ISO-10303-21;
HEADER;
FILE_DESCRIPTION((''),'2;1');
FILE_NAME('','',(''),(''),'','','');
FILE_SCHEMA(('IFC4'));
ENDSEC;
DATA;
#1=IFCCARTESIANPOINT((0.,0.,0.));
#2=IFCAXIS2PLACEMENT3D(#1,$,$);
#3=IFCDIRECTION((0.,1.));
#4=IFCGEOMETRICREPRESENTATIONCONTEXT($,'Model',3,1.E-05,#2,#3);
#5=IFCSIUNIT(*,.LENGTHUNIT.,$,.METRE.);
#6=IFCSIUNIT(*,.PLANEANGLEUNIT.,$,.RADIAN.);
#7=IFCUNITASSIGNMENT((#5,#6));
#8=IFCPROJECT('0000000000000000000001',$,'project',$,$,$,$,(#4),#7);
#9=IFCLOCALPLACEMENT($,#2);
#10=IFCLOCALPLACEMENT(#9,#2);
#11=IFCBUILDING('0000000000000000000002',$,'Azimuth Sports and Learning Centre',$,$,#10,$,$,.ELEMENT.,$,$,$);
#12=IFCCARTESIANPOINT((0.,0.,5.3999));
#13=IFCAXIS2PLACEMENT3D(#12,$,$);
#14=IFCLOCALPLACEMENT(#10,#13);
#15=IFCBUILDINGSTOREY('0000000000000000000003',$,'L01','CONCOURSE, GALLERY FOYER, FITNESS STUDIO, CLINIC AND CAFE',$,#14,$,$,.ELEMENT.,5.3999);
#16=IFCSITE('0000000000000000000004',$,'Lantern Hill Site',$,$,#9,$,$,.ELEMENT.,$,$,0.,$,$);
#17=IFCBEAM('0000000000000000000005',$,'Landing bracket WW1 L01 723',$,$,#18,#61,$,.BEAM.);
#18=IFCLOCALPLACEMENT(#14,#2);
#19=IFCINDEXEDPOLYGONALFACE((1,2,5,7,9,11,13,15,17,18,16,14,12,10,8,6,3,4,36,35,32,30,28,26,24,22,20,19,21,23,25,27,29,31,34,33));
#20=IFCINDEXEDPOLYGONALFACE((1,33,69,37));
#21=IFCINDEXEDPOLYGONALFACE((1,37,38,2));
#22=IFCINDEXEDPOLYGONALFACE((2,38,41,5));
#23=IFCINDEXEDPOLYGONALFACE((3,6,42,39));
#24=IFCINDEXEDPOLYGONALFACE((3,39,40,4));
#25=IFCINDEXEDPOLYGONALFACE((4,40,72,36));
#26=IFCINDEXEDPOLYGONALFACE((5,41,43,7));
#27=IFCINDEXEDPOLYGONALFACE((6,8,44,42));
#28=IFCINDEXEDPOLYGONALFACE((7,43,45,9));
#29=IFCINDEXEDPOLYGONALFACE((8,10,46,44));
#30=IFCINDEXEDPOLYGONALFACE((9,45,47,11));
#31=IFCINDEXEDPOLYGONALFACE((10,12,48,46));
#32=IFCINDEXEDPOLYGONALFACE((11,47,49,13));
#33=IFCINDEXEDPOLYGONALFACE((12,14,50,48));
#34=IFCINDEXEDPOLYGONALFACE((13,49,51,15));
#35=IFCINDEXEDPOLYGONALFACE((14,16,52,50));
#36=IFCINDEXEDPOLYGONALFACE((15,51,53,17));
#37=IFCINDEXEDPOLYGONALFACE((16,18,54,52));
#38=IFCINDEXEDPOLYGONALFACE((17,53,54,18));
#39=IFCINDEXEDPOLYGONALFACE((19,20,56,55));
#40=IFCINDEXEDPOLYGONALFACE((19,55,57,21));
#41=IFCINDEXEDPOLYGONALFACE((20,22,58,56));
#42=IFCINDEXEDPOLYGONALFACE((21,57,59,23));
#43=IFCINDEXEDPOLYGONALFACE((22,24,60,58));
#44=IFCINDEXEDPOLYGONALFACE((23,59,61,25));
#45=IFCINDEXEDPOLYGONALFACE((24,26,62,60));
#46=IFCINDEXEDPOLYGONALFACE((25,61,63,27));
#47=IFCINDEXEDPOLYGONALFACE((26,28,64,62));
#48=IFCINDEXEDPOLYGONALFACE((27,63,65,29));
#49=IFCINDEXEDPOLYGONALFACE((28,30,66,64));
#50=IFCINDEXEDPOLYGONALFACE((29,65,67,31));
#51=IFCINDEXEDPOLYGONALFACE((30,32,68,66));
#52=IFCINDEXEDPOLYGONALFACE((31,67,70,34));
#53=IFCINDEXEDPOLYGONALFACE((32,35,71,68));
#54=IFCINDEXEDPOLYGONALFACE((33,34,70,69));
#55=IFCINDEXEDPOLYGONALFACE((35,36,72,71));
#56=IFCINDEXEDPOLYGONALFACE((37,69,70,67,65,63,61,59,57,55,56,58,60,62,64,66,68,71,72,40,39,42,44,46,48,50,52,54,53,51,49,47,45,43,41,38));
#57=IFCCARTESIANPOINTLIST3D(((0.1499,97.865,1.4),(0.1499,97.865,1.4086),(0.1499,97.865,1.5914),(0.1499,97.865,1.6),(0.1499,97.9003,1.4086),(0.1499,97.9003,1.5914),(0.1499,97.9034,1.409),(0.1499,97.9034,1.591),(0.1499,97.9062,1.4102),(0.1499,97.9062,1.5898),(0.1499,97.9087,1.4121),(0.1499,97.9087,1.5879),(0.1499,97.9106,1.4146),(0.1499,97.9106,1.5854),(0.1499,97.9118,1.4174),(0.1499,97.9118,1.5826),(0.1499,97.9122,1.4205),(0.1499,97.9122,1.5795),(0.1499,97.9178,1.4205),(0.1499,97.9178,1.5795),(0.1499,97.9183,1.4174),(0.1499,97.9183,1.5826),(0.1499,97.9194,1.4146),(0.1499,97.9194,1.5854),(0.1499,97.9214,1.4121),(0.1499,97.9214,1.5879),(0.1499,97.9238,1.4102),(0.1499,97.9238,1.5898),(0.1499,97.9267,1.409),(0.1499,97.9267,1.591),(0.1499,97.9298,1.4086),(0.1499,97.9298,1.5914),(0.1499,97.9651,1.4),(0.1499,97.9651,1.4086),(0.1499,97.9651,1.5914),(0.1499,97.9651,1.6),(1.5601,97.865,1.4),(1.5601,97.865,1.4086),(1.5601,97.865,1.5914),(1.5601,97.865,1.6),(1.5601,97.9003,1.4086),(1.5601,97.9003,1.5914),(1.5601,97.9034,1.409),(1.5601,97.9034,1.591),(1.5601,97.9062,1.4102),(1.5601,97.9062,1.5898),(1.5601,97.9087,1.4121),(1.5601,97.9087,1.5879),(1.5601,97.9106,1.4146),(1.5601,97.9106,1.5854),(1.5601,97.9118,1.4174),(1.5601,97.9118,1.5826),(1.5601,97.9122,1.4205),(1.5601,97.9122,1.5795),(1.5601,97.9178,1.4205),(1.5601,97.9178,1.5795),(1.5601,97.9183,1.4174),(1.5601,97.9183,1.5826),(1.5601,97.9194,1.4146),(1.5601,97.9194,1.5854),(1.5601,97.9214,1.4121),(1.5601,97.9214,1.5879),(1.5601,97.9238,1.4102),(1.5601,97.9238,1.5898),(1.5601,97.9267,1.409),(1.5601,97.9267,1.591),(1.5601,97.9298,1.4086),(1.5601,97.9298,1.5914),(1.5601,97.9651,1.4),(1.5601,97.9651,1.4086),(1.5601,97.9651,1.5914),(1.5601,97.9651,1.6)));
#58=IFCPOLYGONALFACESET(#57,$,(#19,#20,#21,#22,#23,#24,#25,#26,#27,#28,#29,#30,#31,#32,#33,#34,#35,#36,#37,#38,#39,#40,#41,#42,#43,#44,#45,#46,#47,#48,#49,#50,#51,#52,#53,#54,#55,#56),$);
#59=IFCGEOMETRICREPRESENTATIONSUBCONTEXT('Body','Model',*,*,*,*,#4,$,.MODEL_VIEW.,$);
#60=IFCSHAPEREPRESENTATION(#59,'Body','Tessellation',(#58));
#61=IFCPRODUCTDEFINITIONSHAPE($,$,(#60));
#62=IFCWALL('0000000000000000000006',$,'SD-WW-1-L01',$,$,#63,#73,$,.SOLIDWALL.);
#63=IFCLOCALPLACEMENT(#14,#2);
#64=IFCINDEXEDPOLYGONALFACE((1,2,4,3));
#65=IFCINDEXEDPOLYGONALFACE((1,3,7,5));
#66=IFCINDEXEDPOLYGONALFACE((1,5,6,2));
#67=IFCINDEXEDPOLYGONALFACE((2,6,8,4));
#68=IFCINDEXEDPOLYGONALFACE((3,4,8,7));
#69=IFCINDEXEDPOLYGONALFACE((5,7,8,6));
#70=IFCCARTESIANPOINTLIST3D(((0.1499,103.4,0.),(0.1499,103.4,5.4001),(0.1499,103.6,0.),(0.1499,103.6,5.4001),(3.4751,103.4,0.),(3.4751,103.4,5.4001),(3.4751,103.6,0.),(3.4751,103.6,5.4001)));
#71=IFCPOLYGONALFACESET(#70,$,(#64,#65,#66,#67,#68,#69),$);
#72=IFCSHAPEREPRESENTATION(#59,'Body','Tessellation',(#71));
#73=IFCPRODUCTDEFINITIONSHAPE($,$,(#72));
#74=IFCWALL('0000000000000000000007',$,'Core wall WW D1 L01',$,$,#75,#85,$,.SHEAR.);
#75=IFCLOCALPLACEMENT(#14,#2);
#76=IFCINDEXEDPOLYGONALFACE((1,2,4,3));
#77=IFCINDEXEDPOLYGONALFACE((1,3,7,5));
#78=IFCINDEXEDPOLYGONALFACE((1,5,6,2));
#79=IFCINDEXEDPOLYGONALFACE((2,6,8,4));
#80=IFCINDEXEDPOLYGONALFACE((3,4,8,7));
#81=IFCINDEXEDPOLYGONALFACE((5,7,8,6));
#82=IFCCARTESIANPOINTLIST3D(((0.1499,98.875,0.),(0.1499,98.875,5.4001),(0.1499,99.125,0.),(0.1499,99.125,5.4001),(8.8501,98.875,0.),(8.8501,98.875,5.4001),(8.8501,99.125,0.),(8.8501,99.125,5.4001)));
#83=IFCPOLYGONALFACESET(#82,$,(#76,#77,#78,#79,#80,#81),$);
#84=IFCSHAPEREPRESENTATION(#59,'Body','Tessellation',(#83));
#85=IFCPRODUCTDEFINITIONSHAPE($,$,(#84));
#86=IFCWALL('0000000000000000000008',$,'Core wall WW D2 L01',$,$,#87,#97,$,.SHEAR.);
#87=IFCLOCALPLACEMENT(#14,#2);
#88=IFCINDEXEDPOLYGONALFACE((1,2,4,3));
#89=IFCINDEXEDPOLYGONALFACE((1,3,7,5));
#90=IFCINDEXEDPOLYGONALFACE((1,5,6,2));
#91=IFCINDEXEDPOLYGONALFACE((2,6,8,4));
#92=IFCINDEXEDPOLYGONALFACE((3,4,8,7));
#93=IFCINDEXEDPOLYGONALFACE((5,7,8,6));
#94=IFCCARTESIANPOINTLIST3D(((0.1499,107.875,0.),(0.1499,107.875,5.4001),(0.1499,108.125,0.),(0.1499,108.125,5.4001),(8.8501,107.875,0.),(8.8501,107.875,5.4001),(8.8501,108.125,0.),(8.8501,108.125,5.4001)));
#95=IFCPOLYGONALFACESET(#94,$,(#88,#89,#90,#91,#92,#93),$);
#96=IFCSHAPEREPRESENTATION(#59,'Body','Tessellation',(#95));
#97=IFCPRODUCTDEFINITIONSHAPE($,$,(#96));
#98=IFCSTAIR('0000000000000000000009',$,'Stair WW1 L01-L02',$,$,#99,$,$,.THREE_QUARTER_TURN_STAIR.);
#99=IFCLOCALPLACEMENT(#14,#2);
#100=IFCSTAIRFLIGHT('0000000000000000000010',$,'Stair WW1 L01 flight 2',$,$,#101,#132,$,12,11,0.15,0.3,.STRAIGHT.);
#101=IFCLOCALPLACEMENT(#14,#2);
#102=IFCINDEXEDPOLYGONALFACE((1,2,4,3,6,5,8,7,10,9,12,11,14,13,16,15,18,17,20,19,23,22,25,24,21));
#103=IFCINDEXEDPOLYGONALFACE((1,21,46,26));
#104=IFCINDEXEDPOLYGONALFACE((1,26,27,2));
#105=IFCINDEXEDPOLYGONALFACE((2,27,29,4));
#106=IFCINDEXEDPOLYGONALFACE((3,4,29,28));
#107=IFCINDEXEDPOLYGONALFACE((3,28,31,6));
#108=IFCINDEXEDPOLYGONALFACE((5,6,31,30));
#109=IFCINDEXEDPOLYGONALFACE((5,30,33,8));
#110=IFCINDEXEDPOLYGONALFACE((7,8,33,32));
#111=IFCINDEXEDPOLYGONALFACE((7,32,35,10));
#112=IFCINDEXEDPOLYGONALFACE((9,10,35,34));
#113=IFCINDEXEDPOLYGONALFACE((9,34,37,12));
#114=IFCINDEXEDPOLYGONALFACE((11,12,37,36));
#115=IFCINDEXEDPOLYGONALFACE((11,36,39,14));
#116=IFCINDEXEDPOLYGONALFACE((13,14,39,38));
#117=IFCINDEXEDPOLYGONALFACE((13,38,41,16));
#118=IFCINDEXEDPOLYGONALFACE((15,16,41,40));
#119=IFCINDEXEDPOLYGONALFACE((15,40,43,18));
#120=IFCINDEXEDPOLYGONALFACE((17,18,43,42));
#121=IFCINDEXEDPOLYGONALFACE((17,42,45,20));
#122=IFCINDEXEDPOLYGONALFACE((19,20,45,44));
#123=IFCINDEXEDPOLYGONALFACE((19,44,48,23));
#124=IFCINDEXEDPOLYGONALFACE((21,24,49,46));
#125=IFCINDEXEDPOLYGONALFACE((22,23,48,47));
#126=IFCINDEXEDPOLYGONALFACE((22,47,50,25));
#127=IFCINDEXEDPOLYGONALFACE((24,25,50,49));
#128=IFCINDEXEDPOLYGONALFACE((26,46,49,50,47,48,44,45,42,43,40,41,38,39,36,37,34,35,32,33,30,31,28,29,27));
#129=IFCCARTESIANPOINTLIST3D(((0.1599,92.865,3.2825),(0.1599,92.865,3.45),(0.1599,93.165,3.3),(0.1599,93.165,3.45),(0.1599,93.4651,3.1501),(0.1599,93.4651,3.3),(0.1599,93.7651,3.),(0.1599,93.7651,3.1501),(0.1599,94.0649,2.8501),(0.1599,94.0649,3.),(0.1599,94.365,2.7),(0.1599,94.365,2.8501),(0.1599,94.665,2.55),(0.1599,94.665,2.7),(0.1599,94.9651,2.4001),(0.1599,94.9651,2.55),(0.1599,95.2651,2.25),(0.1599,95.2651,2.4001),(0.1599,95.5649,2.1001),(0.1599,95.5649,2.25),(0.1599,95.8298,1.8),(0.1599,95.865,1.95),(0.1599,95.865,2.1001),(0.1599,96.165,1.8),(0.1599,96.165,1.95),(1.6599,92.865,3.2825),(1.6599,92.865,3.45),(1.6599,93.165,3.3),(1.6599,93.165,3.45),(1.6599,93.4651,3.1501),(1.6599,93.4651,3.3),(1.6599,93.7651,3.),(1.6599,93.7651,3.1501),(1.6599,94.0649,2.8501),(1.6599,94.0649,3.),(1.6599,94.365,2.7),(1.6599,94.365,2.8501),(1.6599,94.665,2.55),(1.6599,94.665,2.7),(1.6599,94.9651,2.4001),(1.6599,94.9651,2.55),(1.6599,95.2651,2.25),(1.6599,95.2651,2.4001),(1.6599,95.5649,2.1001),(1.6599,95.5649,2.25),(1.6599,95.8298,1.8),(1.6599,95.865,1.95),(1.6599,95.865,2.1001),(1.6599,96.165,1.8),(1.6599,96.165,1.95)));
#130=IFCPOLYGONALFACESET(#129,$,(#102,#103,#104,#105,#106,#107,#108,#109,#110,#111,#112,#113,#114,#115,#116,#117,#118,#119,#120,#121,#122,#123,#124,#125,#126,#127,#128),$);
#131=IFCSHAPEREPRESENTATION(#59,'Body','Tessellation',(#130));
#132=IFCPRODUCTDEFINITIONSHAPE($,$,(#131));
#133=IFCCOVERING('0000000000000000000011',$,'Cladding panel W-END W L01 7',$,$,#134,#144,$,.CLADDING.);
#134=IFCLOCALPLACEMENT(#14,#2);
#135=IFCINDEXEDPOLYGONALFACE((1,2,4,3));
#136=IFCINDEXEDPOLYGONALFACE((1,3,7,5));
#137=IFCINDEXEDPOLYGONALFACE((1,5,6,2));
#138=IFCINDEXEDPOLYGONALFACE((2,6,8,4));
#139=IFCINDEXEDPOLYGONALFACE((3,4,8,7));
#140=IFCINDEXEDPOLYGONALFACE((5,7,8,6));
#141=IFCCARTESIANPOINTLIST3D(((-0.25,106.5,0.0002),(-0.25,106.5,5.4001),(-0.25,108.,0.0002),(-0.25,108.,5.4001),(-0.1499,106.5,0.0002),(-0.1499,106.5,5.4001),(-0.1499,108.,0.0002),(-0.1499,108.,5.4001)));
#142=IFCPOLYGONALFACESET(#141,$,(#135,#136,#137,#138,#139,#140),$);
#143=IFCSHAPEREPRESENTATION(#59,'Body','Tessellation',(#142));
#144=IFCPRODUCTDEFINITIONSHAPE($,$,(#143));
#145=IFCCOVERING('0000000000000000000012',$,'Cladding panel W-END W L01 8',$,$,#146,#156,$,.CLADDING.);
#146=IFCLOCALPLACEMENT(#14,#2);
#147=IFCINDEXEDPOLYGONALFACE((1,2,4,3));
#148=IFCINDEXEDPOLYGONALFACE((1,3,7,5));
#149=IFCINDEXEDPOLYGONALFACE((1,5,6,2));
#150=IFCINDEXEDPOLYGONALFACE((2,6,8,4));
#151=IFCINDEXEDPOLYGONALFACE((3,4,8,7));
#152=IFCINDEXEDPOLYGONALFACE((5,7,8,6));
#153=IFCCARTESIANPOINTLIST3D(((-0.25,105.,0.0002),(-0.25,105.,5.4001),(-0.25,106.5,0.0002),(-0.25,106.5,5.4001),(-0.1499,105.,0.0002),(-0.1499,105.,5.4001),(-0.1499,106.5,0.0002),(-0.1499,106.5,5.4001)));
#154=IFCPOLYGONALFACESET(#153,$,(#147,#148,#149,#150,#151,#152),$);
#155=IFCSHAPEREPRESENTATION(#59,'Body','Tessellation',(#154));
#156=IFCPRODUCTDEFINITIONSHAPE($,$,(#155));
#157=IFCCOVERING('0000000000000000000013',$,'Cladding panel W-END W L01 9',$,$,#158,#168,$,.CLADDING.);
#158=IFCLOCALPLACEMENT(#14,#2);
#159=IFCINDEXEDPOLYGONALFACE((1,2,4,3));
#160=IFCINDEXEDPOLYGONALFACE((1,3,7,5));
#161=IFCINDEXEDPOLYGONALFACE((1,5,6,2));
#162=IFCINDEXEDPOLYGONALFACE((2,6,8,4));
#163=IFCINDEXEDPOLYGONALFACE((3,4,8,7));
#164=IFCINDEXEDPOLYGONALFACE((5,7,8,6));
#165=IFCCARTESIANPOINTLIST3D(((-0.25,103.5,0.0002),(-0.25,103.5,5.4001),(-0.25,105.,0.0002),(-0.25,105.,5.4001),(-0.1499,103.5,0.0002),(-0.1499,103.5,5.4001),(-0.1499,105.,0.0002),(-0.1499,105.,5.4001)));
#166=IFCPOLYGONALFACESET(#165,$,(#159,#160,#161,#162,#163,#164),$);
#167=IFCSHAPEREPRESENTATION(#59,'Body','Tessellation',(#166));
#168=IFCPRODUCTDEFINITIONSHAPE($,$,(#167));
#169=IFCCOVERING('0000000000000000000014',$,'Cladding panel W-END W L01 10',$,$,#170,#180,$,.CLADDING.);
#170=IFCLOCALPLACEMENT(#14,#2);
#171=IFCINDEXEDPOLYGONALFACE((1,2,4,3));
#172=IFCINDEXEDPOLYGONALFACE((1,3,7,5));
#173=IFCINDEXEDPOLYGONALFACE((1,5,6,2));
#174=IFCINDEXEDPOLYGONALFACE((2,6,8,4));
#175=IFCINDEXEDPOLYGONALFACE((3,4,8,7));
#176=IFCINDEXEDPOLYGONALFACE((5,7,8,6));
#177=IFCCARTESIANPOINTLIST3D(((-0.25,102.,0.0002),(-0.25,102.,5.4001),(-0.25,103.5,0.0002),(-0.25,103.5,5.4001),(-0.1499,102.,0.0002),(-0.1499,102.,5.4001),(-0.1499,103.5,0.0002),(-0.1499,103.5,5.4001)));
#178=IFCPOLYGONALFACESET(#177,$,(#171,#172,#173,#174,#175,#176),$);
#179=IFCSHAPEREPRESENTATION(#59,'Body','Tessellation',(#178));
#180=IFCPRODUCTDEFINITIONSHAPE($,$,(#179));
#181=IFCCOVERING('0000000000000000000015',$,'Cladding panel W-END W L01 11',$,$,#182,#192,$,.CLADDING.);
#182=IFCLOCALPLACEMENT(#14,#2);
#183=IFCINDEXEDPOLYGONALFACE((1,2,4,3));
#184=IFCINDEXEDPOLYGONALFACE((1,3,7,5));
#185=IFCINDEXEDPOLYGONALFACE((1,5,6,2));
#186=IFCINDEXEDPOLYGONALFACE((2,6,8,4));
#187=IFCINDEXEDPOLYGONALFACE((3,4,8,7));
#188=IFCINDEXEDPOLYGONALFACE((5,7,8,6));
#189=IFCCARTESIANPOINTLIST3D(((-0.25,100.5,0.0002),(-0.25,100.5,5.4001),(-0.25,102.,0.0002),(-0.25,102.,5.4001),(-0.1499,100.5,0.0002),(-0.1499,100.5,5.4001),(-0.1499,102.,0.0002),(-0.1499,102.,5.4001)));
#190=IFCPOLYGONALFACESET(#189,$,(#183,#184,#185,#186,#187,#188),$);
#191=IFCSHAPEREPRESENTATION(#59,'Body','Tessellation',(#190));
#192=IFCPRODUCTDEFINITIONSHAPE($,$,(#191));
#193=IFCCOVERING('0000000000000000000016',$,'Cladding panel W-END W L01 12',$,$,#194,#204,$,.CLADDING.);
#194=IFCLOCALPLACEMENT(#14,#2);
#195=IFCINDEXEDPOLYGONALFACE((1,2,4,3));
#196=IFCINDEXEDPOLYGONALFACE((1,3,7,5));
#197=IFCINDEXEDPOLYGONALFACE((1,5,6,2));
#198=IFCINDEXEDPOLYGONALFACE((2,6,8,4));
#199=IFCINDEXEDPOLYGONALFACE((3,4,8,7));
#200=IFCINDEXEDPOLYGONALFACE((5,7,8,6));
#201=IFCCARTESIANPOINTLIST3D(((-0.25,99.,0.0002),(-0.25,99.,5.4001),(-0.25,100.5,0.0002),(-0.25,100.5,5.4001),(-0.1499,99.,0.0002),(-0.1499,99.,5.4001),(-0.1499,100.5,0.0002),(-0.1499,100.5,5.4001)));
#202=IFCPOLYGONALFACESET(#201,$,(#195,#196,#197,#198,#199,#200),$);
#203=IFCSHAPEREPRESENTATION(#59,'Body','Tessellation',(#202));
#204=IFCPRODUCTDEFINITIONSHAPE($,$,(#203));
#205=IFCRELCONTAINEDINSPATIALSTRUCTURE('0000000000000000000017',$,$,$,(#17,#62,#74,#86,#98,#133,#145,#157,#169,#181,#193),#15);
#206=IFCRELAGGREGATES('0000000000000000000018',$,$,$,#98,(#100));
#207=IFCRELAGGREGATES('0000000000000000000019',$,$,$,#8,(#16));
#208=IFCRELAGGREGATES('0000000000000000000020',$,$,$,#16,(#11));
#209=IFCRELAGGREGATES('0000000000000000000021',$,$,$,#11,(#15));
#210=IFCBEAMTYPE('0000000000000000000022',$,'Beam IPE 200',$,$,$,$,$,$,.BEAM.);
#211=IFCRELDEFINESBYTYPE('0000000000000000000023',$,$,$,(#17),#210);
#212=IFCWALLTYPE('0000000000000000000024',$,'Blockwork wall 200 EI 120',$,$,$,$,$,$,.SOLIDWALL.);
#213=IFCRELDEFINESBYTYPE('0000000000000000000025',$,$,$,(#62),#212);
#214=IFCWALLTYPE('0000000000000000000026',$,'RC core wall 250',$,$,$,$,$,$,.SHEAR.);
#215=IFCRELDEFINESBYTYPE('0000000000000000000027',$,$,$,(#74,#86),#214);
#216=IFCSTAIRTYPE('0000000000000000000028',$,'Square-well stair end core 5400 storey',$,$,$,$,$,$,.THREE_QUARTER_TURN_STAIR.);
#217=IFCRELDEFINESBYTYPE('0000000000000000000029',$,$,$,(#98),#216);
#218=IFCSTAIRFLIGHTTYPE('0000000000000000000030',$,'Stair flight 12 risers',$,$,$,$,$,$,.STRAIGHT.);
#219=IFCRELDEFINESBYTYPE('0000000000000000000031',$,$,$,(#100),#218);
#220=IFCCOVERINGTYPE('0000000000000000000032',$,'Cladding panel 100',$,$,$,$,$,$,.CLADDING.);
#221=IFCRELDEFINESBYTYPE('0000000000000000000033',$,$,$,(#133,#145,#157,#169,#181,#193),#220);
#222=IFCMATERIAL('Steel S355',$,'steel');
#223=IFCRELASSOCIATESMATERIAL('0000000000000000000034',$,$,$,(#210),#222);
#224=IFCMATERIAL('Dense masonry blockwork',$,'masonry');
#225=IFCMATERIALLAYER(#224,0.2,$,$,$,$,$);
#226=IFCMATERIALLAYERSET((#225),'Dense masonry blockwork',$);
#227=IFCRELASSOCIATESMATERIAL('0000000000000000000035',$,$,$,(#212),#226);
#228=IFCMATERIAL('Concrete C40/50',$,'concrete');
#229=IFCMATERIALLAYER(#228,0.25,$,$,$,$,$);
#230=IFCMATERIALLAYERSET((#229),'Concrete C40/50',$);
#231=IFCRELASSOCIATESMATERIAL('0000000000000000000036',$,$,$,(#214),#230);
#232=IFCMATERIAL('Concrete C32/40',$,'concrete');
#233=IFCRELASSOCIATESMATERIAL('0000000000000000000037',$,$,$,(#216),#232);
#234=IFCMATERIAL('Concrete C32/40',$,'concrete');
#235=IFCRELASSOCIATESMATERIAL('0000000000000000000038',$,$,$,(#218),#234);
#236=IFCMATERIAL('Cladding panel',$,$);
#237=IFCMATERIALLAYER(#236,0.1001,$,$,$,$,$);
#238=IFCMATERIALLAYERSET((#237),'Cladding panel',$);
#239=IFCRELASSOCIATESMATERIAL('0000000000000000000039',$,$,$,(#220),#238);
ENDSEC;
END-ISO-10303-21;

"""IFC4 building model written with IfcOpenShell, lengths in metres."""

from ifc_helpers import new_model, si_unit, direction, frame, frame_2d, origin, origin_2d, place, context, subcontext, project, spatial, polyline, rectangle, i_section, outline, extrude, material, layer, layer_set, material_profile, profile_set, type_object, element, aggregate, save


model = new_model("IFC4")

# Units and contexts
model_context = context("Model", 3, precision=1e-05, world=origin(), true_north=direction((0.0, 1.0)))
body_context = subcontext(model_context, "Body", "Model", "MODEL_VIEW")
ifc_project = project(units=[si_unit("LENGTHUNIT", "METRE"), si_unit("PLANEANGLEUNIT", "RADIAN")], contexts=[model_context])

# Site, building, storey
site_placement = place(None, origin())
site = spatial("IfcSite", under=ifc_project, at=site_placement, Name="Lantern Hill Site", CompositionType="ELEMENT", RefElevation=0.0)
building_placement = place(site_placement, origin())
building = spatial("IfcBuilding", under=site, at=building_placement, Name="Azimuth Sports and Learning Centre", CompositionType="ELEMENT")
storey_placement = place(building_placement, frame((0.0, 0.0, 5.3999)))
storey = spatial("IfcBuildingStorey", under=building, at=storey_placement, Name="L01", Description="CONCOURSE, GALLERY FOYER, FITNESS STUDIO, CLINIC AND CAFE", CompositionType="ELEMENT", Elevation=5.3999)

# Beam
ifc_material_1 = material(Name="Steel S355", Category="steel")
ifc_material_profile = material_profile(ifc_material_1, i_section(OverallWidth=0.1001, OverallDepth=0.2, WebThickness=0.0056, FlangeThickness=0.0085, FilletRadius=0.012, at=origin_2d()), Name="IPE 200")
ifc_profile_set = profile_set([ifc_material_profile], Name="Steel S355")
beam_type = type_object("IfcBeamType", Name="Beam IPE 200", PredefinedType="BEAM", material=ifc_profile_set)
beam_placement = place(storey_placement, frame((0.1499, 97.915, 1.5), z_axis=(1.0, 0.0, 0.0), x_axis=(0.0, 1.0, 0.0)))
element("IfcBeam", 1, at=beam_placement, inside=storey, type_object=beam_type, Name="Landing bracket WW1 L01 723", PredefinedType="BEAM", context=body_context, shape_type="SweptSolid", body=[
    extrude(i_section(OverallWidth=0.1001, OverallDepth=0.2, WebThickness=0.0056, FlangeThickness=0.0085, FilletRadius=0.012, at=origin_2d()), origin(), (0.0, 0.0, 1.0), 1.4102),
])

# Walls
ifc_material_2 = material(Name="Dense masonry blockwork", Category="masonry")
ifc_layer_1 = layer(ifc_material_2, 0.2)
ifc_layer_set_1 = layer_set([ifc_layer_1], Name="Dense masonry blockwork")
wall_type_1 = type_object("IfcWallType", Name="Blockwork wall 200 EI 120", PredefinedType="SOLIDWALL", material=ifc_layer_set_1)
wall_placement = place(storey_placement, frame((0.1499, 103.5, 0.0), z_axis=(0.0, 0.0, 1.0), x_axis=(1.0, 0.0, 0.0)))
element("IfcWall", 2, at=wall_placement, inside=storey, type_object=wall_type_1, Name="SD-WW-1-L01", PredefinedType="SOLIDWALL", context=body_context, shape_type="SweptSolid", body=[
    extrude(rectangle(XDim=3.3252, YDim=0.2, at=frame_2d((1.6626, 0.0))), origin(), (0.0, 0.0, 1.0), 5.4001),
])
ifc_material_3 = material(Name="Concrete C40/50", Category="concrete")
ifc_layer_2 = layer(ifc_material_3, 0.25)
ifc_layer_set_2 = layer_set([ifc_layer_2], Name="Concrete C40/50")
wall_type_2 = type_object("IfcWallType", Name="RC core wall 250", PredefinedType="SHEAR", material=ifc_layer_set_2)
for number, where, z_axis, x_axis, name in (
    (3, (0.1499, 99.0, 0.0), (0.0, 0.0, 1.0), (1.0, 0.0, 0.0), "Core wall WW D1 L01"),
    (4, (0.1499, 108.0, 0.0), (0.0, 0.0, 1.0), (1.0, 0.0, 0.0), "Core wall WW D2 L01"),
):
    element("IfcWall", number, at=place(storey_placement, frame(where, z_axis=z_axis, x_axis=x_axis)), inside=storey, type_object=wall_type_2, Name=name, PredefinedType="SHEAR", context=body_context, shape_type="SweptSolid", body=[
        extrude(rectangle(XDim=8.7002, YDim=0.25, at=frame_2d((4.3501, 0.0))), origin(), (0.0, 0.0, 1.0), 5.4001),
    ])

# Stair, stair flight
ifc_material_4 = material(Name="Concrete C32/40", Category="concrete")
stair_type = type_object("IfcStairType", Name="Square-well stair end core 5400 storey", PredefinedType="THREE_QUARTER_TURN_STAIR", material=ifc_material_4)
stair_placement = place(storey_placement, origin())
stair = element("IfcStair", 5, at=stair_placement, inside=storey, type_object=stair_type, Name="Stair WW1 L01-L02", PredefinedType="THREE_QUARTER_TURN_STAIR")
ifc_material_5 = material(Name="Concrete C32/40", Category="concrete")
stair_flight_type = type_object("IfcStairFlightType", Name="Stair flight 12 risers", PredefinedType="STRAIGHT", material=ifc_material_5)
stair_flight_placement = place(storey_placement, frame((0.9099, 96.165, 1.8), z_axis=(0.0, 0.0, 1.0), x_axis=(0.0, -1.0, 0.0)))
stair_flight = element("IfcStairFlight", 6, at=stair_flight_placement, type_object=stair_flight_type, Name="Stair WW1 L01 flight 2", NumberOfRisers=12, NumberOfTreads=11, PredefinedType="STRAIGHT", RiserHeight=0.15, TreadLength=0.3, context=body_context, shape_type="SweptSolid", body=[
    extrude(outline(polyline([(0.0, 0.0), (0.0, 0.1499), (0.3, 0.1499), (0.3, 0.3), (0.6001, 0.3), (0.6001, 0.45), (0.8999, 0.45), (0.8999, 0.6001), (1.2, 0.6001), (1.2, 0.75), (1.5, 0.75), (1.5, 0.8999), (1.8, 0.8999), (1.8, 1.05), (2.1001, 1.05), (2.1001, 1.2), (2.3999, 1.2), (2.3999, 1.3501), (2.7, 1.3501), (2.7, 1.5), (3.0, 1.5), (3.0, 1.6499), (3.3, 1.6499), (3.3, 1.8), (3.3, 1.4824), (0.3352, 0.0), (0.0, 0.0)])), frame((0.0, 0.75, 0.0), z_axis=(0.0, -1.0, 0.0), x_axis=(1.0, 0.0, 0.0)), (0.0, 0.0, 1.0), 1.5),
])
aggregate(stair, [stair_flight])

# Coverings
ifc_material_6 = material(Name="Cladding panel")
ifc_layer_3 = layer(ifc_material_6, 0.1001)
ifc_layer_set_3 = layer_set([ifc_layer_3], Name="Cladding panel")
covering_type = type_object("IfcCoveringType", Name="Cladding panel 100", PredefinedType="CLADDING", material=ifc_layer_set_3)
for number, where, z_axis, x_axis, name in (
    (7, (-0.2, 107.25, 0.0002), (0.0, 0.0, 1.0), (0.0, -1.0, 0.0), "Cladding panel W-END W L01 7"),
    (8, (-0.2, 105.75, 0.0002), (0.0, 0.0, 1.0), (0.0, -1.0, 0.0), "Cladding panel W-END W L01 8"),
    (9, (-0.2, 104.25, 0.0002), (0.0, 0.0, 1.0), (0.0, -1.0, 0.0), "Cladding panel W-END W L01 9"),
    (10, (-0.2, 102.75, 0.0002), (0.0, 0.0, 1.0), (0.0, -1.0, 0.0), "Cladding panel W-END W L01 10"),
    (11, (-0.2, 101.25, 0.0002), (0.0, 0.0, 1.0), (0.0, -1.0, 0.0), "Cladding panel W-END W L01 11"),
    (12, (-0.2, 99.75, 0.0002), (0.0, 0.0, 1.0), (0.0, -1.0, 0.0), "Cladding panel W-END W L01 12"),
):
    element("IfcCovering", number, at=place(storey_placement, frame(where, z_axis=z_axis, x_axis=x_axis)), inside=storey, type_object=covering_type, Name=name, PredefinedType="CLADDING", context=body_context, shape_type="SweptSolid", body=[
        extrude(rectangle(XDim=1.5, YDim=0.1001, at=origin_2d()), origin(), (0.0, 0.0, 1.0), 5.3999),
    ])

save(model, "model.ifc")
